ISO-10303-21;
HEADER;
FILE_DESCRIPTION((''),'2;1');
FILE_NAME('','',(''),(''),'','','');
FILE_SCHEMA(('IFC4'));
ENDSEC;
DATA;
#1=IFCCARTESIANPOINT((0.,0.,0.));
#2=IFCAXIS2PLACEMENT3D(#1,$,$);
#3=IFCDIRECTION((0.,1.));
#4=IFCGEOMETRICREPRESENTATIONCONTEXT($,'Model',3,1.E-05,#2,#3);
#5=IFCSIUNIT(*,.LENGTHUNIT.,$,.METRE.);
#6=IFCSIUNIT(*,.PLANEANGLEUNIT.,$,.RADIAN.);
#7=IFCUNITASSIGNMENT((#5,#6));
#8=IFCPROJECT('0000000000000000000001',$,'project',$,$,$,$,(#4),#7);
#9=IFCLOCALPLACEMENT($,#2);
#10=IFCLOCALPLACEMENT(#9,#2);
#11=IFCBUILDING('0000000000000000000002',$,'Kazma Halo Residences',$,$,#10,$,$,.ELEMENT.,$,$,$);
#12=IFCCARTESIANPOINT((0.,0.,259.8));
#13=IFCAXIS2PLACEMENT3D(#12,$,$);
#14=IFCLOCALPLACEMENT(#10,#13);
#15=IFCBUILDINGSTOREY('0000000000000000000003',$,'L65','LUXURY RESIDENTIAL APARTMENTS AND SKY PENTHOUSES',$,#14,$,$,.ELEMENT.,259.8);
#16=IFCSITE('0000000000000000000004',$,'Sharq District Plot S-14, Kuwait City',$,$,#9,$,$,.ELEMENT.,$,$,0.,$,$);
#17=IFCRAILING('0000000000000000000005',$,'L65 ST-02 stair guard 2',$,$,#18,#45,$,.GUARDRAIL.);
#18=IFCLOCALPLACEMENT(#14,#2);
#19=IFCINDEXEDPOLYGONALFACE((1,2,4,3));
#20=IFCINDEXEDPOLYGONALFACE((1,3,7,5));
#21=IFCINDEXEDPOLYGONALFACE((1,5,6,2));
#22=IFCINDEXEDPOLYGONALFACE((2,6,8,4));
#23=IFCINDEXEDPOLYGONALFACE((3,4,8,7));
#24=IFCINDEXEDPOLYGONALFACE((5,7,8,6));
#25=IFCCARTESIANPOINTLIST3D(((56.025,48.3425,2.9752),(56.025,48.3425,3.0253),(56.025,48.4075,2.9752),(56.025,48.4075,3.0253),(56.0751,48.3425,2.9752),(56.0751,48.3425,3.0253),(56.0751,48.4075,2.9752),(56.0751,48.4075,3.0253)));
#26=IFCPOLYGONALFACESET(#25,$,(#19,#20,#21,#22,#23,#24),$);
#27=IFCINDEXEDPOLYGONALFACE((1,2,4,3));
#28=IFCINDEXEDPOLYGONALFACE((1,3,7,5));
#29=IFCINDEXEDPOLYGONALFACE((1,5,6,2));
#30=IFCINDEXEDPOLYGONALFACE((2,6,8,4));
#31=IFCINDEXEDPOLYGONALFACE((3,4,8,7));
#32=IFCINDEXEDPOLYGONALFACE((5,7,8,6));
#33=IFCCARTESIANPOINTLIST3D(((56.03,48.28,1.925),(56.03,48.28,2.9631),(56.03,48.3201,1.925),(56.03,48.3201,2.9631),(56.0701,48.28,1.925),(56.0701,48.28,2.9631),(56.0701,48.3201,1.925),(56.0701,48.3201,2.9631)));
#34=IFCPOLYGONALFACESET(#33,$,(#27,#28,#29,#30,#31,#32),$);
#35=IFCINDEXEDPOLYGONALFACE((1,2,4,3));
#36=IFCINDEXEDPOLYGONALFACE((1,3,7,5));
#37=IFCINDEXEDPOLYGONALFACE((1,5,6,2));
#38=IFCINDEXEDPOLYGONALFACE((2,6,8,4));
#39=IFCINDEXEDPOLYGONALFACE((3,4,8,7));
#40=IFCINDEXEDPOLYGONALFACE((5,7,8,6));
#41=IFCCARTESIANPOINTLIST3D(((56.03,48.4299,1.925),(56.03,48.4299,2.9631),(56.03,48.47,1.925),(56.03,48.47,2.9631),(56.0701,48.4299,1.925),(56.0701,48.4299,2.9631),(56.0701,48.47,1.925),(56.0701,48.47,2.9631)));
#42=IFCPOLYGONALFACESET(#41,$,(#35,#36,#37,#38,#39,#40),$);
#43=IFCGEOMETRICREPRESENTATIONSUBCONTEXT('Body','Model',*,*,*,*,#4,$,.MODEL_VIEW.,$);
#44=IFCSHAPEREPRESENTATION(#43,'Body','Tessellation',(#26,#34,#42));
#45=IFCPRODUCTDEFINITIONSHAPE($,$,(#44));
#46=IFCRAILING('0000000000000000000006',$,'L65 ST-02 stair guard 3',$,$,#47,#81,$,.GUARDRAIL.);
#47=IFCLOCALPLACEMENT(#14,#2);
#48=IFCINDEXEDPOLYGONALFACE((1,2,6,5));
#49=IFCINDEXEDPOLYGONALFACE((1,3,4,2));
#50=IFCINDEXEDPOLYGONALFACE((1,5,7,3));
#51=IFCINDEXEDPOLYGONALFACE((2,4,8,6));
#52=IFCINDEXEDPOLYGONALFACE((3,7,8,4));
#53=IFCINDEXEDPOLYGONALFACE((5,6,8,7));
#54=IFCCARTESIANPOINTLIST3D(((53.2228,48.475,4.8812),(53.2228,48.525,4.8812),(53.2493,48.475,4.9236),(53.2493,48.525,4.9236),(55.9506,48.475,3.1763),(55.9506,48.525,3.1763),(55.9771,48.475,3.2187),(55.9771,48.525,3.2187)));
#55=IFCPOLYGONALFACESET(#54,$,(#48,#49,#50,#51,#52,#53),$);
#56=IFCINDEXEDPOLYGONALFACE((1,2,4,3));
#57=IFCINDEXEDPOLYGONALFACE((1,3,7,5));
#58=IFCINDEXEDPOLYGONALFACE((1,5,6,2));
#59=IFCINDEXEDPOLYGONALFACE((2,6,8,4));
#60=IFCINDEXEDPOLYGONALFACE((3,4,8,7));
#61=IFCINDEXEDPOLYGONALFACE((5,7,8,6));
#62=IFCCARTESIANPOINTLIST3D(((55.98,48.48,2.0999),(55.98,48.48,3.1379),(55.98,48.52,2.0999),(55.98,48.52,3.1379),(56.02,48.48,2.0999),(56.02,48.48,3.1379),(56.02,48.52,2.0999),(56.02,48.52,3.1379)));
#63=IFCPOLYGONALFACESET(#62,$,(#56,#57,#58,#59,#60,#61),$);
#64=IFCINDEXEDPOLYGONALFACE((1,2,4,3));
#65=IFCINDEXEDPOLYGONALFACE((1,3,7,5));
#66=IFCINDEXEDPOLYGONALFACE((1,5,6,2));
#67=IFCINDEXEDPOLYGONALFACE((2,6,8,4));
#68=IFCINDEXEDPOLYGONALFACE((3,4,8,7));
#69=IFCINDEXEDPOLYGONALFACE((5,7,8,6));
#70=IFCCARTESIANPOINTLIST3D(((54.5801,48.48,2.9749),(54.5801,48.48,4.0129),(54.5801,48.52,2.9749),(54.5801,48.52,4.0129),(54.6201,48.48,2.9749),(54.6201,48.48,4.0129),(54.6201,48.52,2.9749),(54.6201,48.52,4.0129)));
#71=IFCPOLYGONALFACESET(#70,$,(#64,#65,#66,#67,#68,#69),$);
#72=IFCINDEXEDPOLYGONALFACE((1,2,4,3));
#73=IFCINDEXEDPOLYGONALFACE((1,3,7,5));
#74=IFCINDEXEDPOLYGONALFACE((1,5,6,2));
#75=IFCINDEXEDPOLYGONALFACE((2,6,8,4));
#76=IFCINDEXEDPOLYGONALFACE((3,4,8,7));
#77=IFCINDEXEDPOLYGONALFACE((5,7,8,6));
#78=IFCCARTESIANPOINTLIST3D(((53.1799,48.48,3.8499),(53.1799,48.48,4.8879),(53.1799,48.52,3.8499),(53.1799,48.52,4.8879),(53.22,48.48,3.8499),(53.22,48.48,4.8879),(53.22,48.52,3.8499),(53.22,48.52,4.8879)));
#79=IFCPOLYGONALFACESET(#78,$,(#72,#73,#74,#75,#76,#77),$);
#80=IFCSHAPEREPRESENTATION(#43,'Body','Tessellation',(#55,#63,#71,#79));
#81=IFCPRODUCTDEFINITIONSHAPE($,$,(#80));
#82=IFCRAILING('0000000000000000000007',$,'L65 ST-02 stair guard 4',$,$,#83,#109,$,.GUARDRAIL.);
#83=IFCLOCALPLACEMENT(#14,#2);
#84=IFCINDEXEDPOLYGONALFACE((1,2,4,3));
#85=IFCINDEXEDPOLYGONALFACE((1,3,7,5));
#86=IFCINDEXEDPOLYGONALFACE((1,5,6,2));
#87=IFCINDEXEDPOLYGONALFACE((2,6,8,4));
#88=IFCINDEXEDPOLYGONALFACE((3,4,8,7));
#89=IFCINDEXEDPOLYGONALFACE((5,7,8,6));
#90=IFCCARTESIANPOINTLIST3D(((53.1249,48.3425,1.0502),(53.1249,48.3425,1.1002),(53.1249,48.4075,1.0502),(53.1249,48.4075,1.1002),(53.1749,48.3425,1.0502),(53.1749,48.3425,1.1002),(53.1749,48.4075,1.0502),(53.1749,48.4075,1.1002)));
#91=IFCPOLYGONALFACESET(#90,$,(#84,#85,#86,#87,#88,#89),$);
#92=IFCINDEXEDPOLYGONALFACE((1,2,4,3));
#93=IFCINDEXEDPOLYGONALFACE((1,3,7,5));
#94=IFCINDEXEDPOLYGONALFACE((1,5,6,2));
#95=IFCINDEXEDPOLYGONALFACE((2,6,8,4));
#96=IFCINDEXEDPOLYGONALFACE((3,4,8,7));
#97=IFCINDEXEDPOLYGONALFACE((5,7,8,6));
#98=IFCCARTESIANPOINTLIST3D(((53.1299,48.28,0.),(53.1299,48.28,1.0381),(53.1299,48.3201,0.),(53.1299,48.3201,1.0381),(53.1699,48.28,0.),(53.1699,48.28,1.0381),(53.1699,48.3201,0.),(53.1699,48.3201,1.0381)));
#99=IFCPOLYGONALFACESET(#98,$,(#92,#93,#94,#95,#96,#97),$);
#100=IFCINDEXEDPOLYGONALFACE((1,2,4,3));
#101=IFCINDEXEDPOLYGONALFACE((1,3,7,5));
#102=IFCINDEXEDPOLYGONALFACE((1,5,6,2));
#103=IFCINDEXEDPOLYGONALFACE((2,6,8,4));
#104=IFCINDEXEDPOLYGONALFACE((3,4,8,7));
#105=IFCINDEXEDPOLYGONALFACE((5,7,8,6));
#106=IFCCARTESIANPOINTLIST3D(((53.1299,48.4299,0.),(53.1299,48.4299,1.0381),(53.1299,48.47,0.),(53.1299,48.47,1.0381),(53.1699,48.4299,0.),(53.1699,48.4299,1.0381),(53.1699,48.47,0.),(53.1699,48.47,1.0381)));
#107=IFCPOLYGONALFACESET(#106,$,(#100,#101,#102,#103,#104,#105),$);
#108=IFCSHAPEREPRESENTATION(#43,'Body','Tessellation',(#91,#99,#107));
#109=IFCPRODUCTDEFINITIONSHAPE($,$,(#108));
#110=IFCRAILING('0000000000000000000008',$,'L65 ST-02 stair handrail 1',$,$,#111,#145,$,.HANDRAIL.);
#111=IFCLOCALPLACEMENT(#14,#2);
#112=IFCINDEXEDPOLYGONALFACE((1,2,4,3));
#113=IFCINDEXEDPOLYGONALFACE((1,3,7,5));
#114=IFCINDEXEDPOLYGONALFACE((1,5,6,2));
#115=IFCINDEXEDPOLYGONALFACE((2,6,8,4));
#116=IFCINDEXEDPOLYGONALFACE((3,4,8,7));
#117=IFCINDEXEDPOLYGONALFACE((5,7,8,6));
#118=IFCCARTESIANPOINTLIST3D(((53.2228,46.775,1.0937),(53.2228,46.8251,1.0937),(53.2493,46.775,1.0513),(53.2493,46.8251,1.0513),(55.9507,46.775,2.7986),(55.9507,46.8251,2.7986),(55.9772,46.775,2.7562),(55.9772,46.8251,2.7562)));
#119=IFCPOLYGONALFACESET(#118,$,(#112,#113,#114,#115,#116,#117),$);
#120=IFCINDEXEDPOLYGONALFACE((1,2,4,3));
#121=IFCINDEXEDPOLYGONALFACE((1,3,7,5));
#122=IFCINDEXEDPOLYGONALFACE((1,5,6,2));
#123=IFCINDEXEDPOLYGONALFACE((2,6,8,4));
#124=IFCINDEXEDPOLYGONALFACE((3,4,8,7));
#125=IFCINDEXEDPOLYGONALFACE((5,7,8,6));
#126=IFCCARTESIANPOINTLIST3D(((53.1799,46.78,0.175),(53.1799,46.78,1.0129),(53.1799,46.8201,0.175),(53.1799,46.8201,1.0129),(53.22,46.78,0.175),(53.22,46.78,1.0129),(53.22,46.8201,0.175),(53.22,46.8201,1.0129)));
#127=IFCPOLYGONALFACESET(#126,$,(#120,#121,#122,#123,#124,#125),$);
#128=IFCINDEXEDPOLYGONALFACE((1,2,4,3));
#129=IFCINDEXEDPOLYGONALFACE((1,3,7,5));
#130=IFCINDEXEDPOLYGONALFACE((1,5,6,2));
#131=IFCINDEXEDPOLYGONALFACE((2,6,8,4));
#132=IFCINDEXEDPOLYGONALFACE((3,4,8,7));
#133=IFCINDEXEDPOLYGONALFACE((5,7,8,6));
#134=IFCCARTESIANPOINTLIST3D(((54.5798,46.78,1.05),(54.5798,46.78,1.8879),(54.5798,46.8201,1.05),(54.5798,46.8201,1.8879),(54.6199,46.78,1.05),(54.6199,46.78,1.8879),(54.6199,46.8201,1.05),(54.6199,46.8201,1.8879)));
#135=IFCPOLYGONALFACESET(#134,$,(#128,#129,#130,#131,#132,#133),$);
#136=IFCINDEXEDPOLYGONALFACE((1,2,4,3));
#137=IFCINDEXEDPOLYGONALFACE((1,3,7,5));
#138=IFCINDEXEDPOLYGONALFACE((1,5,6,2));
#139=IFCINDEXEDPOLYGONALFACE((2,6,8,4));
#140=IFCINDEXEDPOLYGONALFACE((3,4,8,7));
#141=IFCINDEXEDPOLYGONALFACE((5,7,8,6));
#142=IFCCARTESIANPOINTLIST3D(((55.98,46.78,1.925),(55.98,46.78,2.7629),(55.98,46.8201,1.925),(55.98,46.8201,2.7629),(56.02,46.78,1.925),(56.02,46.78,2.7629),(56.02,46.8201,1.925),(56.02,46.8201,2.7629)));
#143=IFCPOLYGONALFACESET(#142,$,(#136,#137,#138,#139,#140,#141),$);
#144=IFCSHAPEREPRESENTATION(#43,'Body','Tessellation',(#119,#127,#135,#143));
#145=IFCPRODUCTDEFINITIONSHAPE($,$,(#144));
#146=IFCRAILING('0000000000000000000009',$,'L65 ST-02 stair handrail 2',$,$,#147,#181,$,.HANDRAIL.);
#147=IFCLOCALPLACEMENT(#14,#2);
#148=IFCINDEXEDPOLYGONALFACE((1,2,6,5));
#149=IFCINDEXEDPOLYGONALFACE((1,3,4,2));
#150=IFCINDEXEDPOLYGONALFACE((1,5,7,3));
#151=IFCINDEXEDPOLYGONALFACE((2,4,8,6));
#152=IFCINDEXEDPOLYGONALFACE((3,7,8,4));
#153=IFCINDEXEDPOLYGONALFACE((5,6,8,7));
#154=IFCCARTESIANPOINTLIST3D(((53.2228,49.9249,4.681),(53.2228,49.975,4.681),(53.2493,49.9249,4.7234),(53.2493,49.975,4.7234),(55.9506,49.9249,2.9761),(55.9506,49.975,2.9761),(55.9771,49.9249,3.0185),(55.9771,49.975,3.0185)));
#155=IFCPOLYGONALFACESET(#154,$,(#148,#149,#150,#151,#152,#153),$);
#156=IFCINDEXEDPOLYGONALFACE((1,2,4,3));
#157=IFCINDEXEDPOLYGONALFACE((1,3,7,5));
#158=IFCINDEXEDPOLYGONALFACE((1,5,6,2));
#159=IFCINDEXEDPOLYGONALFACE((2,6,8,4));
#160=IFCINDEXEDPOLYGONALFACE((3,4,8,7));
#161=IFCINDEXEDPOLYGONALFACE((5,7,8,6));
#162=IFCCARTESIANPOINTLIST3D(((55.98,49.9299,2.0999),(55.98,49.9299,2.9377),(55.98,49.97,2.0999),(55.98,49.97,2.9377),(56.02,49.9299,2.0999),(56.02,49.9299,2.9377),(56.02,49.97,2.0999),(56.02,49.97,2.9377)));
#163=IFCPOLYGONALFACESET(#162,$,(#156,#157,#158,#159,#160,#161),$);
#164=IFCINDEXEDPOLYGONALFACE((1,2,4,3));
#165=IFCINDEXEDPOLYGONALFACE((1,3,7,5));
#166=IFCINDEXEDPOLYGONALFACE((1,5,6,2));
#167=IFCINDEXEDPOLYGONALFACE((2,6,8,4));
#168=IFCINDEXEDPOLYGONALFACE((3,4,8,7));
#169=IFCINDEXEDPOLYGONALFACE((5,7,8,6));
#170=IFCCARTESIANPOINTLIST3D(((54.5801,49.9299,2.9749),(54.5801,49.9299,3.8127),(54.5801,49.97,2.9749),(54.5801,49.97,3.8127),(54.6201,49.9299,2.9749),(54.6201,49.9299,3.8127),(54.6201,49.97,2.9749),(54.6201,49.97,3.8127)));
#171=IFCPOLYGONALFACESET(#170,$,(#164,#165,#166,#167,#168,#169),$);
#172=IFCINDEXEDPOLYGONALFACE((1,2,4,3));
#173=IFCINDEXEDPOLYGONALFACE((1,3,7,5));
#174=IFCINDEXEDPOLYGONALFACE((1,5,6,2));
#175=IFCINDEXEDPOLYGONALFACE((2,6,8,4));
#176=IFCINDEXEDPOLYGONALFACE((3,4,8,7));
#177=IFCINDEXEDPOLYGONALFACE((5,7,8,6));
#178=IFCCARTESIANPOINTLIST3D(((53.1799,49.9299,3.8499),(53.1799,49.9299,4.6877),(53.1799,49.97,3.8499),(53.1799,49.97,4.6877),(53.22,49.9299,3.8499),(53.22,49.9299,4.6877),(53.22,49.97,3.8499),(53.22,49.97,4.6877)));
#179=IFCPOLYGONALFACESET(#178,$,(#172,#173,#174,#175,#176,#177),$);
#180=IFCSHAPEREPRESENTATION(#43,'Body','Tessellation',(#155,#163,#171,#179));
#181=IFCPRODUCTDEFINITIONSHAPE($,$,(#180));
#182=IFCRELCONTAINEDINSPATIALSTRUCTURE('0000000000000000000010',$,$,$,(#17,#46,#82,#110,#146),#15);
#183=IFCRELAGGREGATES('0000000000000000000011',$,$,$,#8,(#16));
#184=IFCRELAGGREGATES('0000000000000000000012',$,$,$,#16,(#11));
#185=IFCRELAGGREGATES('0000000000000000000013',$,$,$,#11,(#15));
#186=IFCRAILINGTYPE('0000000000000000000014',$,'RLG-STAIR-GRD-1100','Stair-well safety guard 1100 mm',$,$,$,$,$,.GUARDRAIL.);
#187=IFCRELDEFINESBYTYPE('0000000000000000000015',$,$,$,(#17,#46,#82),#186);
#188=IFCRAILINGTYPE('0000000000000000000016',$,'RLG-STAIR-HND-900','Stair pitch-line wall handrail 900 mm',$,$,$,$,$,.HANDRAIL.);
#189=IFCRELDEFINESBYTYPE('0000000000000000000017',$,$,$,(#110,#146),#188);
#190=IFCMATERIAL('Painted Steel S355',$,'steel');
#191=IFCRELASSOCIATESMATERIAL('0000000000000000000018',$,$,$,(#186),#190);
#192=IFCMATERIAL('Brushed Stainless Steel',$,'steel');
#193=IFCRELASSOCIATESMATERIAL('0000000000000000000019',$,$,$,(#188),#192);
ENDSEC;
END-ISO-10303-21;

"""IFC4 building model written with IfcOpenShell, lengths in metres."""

from ifc_helpers import new_model, si_unit, direction, frame, origin, origin_2d, place, context, subcontext, project, spatial, rectangle, extrude, material, type_object, element, save


model = new_model("IFC4")

# Units and contexts
model_context = context("Model", 3, precision=1e-05, world=origin(), true_north=direction((0.0, 1.0)))
body_context = subcontext(model_context, "Body", "Model", "MODEL_VIEW")
ifc_project = project(units=[si_unit("LENGTHUNIT", "METRE"), si_unit("PLANEANGLEUNIT", "RADIAN")], contexts=[model_context])

# Site, building, storey
site_placement = place(None, origin())
site = spatial("IfcSite", under=ifc_project, at=site_placement, Name="Sharq District Plot S-14, Kuwait City", CompositionType="ELEMENT", RefElevation=0.0)
building_placement = place(site_placement, origin())
building = spatial("IfcBuilding", under=site, at=building_placement, Name="Kazma Halo Residences", CompositionType="ELEMENT")
storey_placement = place(building_placement, frame((0.0, 0.0, 259.8)))
storey = spatial("IfcBuildingStorey", under=building, at=storey_placement, Name="L65", Description="LUXURY RESIDENTIAL APARTMENTS AND SKY PENTHOUSES", CompositionType="ELEMENT", Elevation=259.8)

# Railings
ifc_material_1 = material(Name="Painted Steel S355", Category="steel")
railing_type_1 = type_object("IfcRailingType", Name="RLG-STAIR-GRD-1100", Description="Stair-well safety guard 1100 mm", PredefinedType="GUARDRAIL", material=ifc_material_1)
railing_1_placement = place(storey_placement, frame((56.05, 48.3, 1.925)))
element("IfcRailing", 1, at=railing_1_placement, inside=storey, type_object=railing_type_1, Name="L65 ST-02 stair guard 2", PredefinedType="GUARDRAIL", context=body_context, shape_type="SweptSolid", body=[
    extrude(rectangle(XDim=0.05, YDim=0.05, at=origin_2d()), frame((0.0, 0.0425, 1.0752), z_axis=(0.0, 1.0, 0.0), x_axis=(-1.0, 0.0, 0.0)), (0.0, 0.0, 1.0), 0.0649),
    extrude(rectangle(XDim=0.04, YDim=0.04, at=origin_2d()), origin(), (0.0, 0.0, 1.0), 1.0381),
    extrude(rectangle(XDim=0.04, YDim=0.04, at=origin_2d()), frame((0.0, 0.1499, 0.0)), (0.0, 0.0, 1.0), 1.0381),
])
railing_2_placement = place(storey_placement, frame((56.0, 48.5, 2.0999)))
element("IfcRailing", 2, at=railing_2_placement, inside=storey, type_object=railing_type_1, Name="L65 ST-02 stair guard 3", PredefinedType="GUARDRAIL", context=body_context, shape_type="SweptSolid", body=[
    extrude(rectangle(XDim=0.05, YDim=0.05, at=origin_2d()), frame((-0.0361, 0.0, 1.0977), z_axis=(-0.848002, 0.0, 0.529992), x_axis=(0.0, -1.0, 0.0)), (0.0, 0.0, 1.0), 3.2168),
    extrude(rectangle(XDim=0.04, YDim=0.04, at=origin_2d()), origin(), (0.0, 0.0, 1.0), 1.0381),
    extrude(rectangle(XDim=0.04, YDim=0.04, at=origin_2d()), frame((-1.3999, 0.0, 0.875)), (0.0, 0.0, 1.0), 1.0381),
    extrude(rectangle(XDim=0.04, YDim=0.04, at=origin_2d()), frame((-2.8, 0.0, 1.75)), (0.0, 0.0, 1.0), 1.0381),
])
railing_3_placement = place(storey_placement, frame((53.1499, 48.3, 0.0)))
element("IfcRailing", 3, at=railing_3_placement, inside=storey, type_object=railing_type_1, Name="L65 ST-02 stair guard 4", PredefinedType="GUARDRAIL", context=body_context, shape_type="SweptSolid", body=[
    extrude(rectangle(XDim=0.05, YDim=0.05, at=origin_2d()), frame((0.0, 0.0425, 1.0752), z_axis=(0.0, 1.0, 0.0), x_axis=(-1.0, 0.0, 0.0)), (0.0, 0.0, 1.0), 0.0649),
    extrude(rectangle(XDim=0.04, YDim=0.04, at=origin_2d()), origin(), (0.0, 0.0, 1.0), 1.0381),
    extrude(rectangle(XDim=0.04, YDim=0.04, at=origin_2d()), frame((0.0, 0.1499, 0.0)), (0.0, 0.0, 1.0), 1.0381),
])
ifc_material_2 = material(Name="Brushed Stainless Steel", Category="steel")
railing_type_2 = type_object("IfcRailingType", Name="RLG-STAIR-HND-900", Description="Stair pitch-line wall handrail 900 mm", PredefinedType="HANDRAIL", material=ifc_material_2)
railing_4_placement = place(storey_placement, frame((53.2, 46.8, 0.175)))
element("IfcRailing", 4, at=railing_4_placement, inside=storey, type_object=railing_type_2, Name="L65 ST-02 stair handrail 1", PredefinedType="HANDRAIL", context=body_context, shape_type="SweptSolid", body=[
    extrude(rectangle(XDim=0.05, YDim=0.05, at=origin_2d()), frame((0.0361, 0.0, 0.8975), z_axis=(0.848002, 0.0, 0.529992), x_axis=(0.0, 1.0, 0.0)), (0.0, 0.0, 1.0), 3.2168),
    extrude(rectangle(XDim=0.04, YDim=0.04, at=origin_2d()), origin(), (0.0, 0.0, 1.0), 0.8379),
    extrude(rectangle(XDim=0.04, YDim=0.04, at=origin_2d()), frame((1.3999, 0.0, 0.875)), (0.0, 0.0, 1.0), 0.8379),
    extrude(rectangle(XDim=0.04, YDim=0.04, at=origin_2d()), frame((2.8, 0.0, 1.75)), (0.0, 0.0, 1.0), 0.8379),
])
railing_5_placement = place(storey_placement, frame((56.0, 49.95, 2.0999)))
element("IfcRailing", 5, at=railing_5_placement, inside=storey, type_object=railing_type_2, Name="L65 ST-02 stair handrail 2", PredefinedType="HANDRAIL", context=body_context, shape_type="SweptSolid", body=[
    extrude(rectangle(XDim=0.05, YDim=0.05, at=origin_2d()), frame((-0.0361, 0.0, 0.8975), z_axis=(-0.848002, 0.0, 0.529992), x_axis=(0.0, -1.0, 0.0)), (0.0, 0.0, 1.0), 3.2168),
    extrude(rectangle(XDim=0.04, YDim=0.04, at=origin_2d()), origin(), (0.0, 0.0, 1.0), 0.8379),
    extrude(rectangle(XDim=0.04, YDim=0.04, at=origin_2d()), frame((-1.3999, 0.0, 0.875)), (0.0, 0.0, 1.0), 0.8379),
    extrude(rectangle(XDim=0.04, YDim=0.04, at=origin_2d()), frame((-2.8, 0.0, 1.75)), (0.0, 0.0, 1.0), 0.8379),
])

save(model, "model.ifc")
